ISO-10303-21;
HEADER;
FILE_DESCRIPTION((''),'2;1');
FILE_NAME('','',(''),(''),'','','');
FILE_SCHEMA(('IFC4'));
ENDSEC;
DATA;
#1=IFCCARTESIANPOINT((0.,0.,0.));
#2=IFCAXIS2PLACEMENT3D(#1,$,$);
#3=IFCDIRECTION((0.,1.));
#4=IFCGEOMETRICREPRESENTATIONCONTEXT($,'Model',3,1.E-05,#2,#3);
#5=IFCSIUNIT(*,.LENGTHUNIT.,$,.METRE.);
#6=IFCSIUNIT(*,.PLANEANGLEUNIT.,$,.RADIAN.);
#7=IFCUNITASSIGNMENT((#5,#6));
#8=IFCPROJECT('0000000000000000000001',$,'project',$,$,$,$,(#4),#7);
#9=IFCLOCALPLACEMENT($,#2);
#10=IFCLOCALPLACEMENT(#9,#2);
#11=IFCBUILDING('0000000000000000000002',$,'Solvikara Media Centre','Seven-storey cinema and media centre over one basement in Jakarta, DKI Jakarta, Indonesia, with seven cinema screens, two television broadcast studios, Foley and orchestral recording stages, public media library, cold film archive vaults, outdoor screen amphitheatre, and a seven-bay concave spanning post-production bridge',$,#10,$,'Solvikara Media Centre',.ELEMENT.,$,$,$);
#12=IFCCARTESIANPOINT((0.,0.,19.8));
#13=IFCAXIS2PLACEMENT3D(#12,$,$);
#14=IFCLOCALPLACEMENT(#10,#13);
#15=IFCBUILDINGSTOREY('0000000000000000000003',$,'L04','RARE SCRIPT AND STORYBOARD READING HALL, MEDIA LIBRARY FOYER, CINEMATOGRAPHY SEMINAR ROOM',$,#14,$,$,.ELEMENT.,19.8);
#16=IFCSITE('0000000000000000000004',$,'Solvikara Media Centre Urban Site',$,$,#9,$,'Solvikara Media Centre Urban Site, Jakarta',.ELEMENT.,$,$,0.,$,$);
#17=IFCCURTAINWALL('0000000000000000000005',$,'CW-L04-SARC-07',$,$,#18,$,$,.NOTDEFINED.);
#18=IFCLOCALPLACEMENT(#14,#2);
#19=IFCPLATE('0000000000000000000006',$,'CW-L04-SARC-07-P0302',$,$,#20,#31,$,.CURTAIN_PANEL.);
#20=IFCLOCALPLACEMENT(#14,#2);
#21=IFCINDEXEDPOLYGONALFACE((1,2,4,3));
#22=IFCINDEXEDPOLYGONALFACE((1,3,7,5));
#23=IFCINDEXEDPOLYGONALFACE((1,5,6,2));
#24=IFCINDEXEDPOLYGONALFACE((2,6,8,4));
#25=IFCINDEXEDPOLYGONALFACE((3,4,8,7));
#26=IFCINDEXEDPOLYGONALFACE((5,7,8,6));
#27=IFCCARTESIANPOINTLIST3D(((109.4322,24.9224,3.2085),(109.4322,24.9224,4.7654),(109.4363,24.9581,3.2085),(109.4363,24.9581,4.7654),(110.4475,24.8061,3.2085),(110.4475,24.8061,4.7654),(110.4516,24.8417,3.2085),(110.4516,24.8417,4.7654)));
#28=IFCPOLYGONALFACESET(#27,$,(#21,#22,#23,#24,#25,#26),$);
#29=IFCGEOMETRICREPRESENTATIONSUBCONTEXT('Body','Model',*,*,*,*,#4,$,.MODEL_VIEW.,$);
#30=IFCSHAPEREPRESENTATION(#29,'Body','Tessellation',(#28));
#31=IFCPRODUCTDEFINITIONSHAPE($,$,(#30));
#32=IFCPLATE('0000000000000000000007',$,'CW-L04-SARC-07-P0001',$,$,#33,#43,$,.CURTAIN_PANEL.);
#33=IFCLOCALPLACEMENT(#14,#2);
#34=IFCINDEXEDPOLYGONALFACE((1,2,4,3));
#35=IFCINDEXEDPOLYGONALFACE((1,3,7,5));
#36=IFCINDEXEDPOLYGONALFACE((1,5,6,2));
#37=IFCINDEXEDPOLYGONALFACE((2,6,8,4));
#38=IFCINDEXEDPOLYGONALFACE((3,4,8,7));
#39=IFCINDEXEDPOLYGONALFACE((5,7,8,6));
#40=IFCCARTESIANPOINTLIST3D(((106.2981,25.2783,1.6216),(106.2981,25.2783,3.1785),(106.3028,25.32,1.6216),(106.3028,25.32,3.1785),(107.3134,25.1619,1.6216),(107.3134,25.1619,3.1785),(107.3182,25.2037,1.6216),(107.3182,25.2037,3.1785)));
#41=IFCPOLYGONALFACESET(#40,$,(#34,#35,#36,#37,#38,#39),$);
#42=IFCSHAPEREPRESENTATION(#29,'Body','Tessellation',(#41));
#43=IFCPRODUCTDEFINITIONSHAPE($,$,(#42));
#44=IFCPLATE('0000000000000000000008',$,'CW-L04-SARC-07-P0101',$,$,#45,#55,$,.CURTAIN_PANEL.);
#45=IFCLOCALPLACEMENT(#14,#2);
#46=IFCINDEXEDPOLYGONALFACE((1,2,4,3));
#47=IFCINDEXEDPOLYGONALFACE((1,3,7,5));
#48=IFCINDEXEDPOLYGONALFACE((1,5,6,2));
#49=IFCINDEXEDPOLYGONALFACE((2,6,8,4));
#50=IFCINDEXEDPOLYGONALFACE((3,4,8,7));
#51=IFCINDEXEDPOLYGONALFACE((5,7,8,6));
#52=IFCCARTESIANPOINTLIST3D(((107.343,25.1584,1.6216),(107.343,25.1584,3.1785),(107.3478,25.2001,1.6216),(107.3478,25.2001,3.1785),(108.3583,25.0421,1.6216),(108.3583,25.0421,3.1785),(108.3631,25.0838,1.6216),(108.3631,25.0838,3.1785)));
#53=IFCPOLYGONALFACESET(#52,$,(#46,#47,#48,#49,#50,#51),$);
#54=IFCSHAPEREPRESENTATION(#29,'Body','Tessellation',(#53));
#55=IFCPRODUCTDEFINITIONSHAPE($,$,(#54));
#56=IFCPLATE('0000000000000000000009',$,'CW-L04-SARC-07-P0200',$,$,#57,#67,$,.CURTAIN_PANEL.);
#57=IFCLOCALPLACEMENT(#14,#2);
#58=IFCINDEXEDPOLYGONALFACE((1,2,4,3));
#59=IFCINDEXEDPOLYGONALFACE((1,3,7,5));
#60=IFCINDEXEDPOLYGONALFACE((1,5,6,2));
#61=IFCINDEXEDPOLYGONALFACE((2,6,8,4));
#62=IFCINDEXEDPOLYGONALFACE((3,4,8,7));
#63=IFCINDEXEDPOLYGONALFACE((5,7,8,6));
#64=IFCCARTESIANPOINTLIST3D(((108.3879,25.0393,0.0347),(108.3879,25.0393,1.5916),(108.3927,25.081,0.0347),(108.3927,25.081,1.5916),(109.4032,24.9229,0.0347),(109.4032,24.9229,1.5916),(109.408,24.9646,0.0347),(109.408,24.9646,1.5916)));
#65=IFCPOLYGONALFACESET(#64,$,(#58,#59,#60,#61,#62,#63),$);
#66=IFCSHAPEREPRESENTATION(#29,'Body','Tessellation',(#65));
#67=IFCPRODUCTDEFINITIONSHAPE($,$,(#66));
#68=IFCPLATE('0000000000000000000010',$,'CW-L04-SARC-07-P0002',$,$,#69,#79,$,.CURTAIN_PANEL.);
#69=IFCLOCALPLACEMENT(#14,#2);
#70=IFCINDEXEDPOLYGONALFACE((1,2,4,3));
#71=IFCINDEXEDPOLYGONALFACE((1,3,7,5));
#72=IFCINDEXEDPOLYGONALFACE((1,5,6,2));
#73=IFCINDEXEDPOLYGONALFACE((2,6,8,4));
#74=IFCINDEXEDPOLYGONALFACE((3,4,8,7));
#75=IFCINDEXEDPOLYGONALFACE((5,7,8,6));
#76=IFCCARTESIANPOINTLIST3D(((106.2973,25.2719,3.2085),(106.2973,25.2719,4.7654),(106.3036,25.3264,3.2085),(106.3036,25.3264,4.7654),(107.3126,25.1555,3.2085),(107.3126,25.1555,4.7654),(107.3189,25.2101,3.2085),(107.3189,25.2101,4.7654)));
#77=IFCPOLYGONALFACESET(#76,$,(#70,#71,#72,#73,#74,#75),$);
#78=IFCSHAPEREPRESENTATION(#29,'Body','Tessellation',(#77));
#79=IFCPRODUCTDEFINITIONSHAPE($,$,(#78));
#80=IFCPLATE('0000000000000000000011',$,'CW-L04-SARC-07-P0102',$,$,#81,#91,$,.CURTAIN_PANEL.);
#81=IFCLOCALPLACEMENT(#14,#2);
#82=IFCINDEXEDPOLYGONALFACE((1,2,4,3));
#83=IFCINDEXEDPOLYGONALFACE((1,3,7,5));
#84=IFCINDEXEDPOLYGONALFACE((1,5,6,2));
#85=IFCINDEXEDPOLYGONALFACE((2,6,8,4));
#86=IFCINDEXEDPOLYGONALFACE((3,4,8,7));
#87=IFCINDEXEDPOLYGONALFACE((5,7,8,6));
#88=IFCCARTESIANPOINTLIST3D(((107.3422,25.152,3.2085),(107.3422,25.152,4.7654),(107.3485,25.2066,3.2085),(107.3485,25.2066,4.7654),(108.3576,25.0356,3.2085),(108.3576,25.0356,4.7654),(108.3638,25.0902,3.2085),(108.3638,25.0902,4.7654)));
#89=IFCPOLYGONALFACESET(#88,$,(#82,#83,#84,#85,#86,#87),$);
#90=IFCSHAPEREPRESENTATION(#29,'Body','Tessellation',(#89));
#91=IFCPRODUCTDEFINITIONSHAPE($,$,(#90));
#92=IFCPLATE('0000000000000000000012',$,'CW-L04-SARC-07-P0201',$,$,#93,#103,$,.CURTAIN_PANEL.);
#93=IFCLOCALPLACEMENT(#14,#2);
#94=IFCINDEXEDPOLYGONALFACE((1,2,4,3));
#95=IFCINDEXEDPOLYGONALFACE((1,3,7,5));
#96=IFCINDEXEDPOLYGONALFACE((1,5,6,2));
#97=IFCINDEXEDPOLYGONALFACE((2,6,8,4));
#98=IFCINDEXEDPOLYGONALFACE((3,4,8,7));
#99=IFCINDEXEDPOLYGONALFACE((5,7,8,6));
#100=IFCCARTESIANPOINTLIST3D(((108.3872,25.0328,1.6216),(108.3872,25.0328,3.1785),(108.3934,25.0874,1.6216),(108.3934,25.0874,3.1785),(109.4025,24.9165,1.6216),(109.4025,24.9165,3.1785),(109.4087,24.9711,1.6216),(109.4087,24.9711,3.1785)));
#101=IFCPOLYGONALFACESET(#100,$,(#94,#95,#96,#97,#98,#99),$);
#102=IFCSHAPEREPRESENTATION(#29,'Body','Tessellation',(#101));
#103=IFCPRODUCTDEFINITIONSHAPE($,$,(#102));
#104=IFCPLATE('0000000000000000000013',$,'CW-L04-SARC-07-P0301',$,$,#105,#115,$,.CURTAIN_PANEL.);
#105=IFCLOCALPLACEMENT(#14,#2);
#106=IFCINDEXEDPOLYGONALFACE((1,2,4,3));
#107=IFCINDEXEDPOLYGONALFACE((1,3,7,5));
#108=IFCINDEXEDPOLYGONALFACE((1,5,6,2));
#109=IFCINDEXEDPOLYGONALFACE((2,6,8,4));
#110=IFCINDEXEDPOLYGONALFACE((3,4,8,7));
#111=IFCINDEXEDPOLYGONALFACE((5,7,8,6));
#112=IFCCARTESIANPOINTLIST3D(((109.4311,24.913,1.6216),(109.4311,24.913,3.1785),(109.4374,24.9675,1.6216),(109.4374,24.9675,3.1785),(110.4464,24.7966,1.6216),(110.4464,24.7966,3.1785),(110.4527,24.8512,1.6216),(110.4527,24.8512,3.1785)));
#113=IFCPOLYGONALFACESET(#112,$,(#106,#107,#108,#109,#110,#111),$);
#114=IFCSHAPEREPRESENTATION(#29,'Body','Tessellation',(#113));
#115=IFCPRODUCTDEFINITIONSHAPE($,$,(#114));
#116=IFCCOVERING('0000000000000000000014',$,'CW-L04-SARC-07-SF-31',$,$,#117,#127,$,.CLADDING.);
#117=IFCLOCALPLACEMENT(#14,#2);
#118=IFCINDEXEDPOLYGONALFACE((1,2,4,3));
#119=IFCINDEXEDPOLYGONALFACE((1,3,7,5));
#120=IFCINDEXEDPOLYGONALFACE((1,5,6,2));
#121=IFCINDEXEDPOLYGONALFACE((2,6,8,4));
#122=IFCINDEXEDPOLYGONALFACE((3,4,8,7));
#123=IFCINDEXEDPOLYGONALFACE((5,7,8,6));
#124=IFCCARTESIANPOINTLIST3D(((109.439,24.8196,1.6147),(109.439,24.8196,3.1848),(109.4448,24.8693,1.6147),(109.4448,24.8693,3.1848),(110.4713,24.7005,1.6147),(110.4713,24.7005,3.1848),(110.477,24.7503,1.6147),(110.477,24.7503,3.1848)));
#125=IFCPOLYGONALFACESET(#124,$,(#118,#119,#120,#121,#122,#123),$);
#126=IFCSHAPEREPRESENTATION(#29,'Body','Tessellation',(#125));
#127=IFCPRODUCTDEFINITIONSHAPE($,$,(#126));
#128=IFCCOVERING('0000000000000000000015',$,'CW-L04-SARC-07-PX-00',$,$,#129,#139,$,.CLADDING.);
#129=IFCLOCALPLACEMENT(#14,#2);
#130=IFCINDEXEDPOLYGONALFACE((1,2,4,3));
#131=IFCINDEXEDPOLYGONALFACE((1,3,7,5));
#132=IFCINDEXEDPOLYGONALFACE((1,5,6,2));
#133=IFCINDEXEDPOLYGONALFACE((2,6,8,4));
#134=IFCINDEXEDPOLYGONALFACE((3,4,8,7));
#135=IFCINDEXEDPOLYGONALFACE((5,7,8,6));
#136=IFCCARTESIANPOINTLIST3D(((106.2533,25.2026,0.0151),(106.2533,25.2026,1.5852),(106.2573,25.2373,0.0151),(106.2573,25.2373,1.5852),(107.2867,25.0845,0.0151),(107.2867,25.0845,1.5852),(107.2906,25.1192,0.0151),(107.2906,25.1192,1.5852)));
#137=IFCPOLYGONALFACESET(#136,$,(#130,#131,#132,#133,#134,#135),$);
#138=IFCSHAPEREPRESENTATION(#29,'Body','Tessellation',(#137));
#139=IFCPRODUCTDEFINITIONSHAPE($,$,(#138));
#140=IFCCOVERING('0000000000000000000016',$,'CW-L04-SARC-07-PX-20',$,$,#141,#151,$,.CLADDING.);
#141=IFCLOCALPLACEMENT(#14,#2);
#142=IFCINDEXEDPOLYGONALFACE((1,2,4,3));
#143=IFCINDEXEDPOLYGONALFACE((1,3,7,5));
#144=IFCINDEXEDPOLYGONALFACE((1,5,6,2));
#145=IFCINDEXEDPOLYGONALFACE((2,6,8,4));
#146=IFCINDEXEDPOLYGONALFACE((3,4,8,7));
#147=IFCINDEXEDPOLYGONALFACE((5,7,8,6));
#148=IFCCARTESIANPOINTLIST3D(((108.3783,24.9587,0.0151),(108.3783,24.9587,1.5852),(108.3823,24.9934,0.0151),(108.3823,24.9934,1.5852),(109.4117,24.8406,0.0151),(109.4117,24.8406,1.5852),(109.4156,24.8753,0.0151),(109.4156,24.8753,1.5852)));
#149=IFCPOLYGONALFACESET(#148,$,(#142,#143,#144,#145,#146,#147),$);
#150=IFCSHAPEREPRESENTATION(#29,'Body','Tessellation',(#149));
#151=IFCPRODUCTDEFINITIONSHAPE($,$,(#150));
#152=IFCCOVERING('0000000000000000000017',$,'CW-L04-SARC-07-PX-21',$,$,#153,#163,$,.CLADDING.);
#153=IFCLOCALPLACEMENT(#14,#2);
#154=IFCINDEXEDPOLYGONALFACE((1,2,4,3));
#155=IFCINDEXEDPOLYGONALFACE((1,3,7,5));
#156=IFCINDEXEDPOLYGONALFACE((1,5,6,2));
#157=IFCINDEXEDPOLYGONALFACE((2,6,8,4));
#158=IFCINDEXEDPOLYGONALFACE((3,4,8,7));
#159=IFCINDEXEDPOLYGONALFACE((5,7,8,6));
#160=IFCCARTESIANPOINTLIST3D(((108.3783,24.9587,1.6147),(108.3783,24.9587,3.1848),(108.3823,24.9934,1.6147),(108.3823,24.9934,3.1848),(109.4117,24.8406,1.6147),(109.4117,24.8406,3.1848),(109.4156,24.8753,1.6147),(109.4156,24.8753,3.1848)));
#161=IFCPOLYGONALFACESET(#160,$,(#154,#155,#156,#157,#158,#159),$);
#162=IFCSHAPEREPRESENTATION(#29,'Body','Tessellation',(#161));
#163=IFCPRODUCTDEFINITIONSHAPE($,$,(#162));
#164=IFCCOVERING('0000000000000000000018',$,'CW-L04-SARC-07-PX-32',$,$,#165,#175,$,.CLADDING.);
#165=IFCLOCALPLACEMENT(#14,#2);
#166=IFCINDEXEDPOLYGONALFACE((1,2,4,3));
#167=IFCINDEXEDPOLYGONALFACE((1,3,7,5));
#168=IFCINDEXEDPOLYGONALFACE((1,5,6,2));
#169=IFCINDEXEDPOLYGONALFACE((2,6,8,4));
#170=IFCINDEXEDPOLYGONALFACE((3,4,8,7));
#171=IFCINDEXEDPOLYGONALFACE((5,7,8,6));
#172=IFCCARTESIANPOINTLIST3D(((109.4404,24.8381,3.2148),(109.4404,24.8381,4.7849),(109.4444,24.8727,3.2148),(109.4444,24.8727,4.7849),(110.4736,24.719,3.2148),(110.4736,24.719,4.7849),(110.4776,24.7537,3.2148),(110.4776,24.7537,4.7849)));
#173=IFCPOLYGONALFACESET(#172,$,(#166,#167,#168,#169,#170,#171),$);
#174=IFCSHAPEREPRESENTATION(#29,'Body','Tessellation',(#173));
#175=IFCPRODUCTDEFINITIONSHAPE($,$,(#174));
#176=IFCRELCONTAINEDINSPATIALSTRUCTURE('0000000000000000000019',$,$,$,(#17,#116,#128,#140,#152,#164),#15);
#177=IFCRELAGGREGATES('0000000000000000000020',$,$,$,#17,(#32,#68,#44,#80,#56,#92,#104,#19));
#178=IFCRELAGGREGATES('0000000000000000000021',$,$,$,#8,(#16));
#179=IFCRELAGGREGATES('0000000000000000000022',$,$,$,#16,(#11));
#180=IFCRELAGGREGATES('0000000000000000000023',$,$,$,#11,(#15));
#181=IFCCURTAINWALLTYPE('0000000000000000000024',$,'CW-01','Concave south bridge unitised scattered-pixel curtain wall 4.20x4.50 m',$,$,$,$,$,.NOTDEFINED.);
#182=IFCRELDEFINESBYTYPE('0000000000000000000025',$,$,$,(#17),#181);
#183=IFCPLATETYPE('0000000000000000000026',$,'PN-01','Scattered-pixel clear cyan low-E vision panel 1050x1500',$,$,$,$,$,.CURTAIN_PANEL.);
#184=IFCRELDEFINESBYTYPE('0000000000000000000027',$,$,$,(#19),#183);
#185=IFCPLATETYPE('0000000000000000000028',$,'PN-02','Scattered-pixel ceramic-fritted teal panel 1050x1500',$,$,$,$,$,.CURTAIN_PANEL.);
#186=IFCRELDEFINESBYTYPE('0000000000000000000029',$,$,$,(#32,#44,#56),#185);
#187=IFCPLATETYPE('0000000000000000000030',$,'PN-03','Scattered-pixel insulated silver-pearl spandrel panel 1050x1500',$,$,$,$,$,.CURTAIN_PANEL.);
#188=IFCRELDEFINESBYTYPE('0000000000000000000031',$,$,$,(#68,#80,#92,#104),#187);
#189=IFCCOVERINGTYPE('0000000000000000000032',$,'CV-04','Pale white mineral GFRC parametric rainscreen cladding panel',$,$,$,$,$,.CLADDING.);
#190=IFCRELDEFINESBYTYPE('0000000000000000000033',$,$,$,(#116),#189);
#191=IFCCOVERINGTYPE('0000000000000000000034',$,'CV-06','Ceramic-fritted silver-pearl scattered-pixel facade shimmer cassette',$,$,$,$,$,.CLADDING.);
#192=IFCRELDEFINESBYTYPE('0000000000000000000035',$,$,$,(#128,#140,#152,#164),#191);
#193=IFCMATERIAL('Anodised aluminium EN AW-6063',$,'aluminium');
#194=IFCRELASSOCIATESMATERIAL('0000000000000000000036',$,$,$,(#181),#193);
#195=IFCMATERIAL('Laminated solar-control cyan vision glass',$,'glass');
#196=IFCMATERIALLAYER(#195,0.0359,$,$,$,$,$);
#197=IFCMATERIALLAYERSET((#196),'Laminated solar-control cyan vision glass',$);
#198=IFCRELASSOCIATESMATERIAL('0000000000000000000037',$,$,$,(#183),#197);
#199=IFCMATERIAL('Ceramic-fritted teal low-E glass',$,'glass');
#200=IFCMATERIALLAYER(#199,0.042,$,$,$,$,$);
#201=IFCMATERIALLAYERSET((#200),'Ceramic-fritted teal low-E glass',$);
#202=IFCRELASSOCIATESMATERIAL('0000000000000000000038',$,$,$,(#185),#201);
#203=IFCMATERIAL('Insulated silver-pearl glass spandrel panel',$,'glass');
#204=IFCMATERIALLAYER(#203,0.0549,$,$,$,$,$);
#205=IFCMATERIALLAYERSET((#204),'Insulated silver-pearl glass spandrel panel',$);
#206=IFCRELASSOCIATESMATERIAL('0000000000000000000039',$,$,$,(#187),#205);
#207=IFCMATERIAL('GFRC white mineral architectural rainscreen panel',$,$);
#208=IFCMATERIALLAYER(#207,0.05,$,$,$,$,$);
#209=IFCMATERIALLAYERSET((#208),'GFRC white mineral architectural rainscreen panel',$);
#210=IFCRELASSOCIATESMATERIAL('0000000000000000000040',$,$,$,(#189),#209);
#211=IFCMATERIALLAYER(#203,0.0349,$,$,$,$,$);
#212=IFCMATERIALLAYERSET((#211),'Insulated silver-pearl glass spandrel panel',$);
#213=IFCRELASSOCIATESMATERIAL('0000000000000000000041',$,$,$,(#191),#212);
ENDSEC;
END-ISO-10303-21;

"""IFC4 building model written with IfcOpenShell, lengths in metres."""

from ifc_helpers import new_model, si_unit, direction, frame, origin, origin_2d, place, context, subcontext, project, spatial, rectangle, extrude, material, layer, layer_set, type_object, element, aggregate, save


model = new_model("IFC4")

# Units and contexts
model_context = context("Model", 3, precision=1e-05, world=origin(), true_north=direction((0.0, 1.0)))
body_context = subcontext(model_context, "Body", "Model", "MODEL_VIEW")
ifc_project = project(units=[si_unit("LENGTHUNIT", "METRE"), si_unit("PLANEANGLEUNIT", "RADIAN")], contexts=[model_context])

# Site, building, storey
site_placement = place(None, origin())
site = spatial("IfcSite", under=ifc_project, at=site_placement, Name="Solvikara Media Centre Urban Site", LongName="Solvikara Media Centre Urban Site, Jakarta", CompositionType="ELEMENT", RefElevation=0.0)
building_placement = place(site_placement, origin())
building = spatial("IfcBuilding", under=site, at=building_placement, Name="Solvikara Media Centre", Description="Seven-storey cinema and media centre over one basement in Jakarta, DKI Jakarta, Indonesia, with seven cinema screens, two television broadcast studios, Foley and orchestral recording stages, public media library, cold film archive vaults, outdoor screen amphitheatre, and a seven-bay concave spanning post-production bridge", LongName="Solvikara Media Centre", CompositionType="ELEMENT")
storey_placement = place(building_placement, frame((0.0, 0.0, 19.8)))
storey = spatial("IfcBuildingStorey", under=building, at=storey_placement, Name="L04", Description="RARE SCRIPT AND STORYBOARD READING HALL, MEDIA LIBRARY FOYER, CINEMATOGRAPHY SEMINAR ROOM", CompositionType="ELEMENT", Elevation=19.8)

# Curtain wall, plates
ifc_material_1 = material(Name="Anodised aluminium EN AW-6063", Category="aluminium")
curtain_wall_type = type_object("IfcCurtainWallType", Name="CW-01", Description="Concave south bridge unitised scattered-pixel curtain wall 4.20x4.50 m", PredefinedType="NOTDEFINED", material=ifc_material_1)
curtain_wall_placement = place(storey_placement, origin())
curtain_wall = element("IfcCurtainWall", 1, at=curtain_wall_placement, inside=storey, type_object=curtain_wall_type, Name="CW-L04-SARC-07", PredefinedType="NOTDEFINED")
ifc_material_2 = material(Name="Laminated solar-control cyan vision glass", Category="glass")
ifc_layer_1 = layer(ifc_material_2, 0.0359)
ifc_layer_set_1 = layer_set([ifc_layer_1], Name="Laminated solar-control cyan vision glass")
plate_type_1 = type_object("IfcPlateType", Name="PN-01", Description="Scattered-pixel clear cyan low-E vision panel 1050x1500", PredefinedType="CURTAIN_PANEL", material=ifc_layer_set_1)
plate_1_placement = place(storey_placement, frame((109.9419, 24.8821, 3.2085), z_axis=(0.0, 0.0, 1.0), x_axis=(0.993499, -0.113845, 0.0)))
plate_1 = element("IfcPlate", 2, at=plate_1_placement, type_object=plate_type_1, Name="CW-L04-SARC-07-P0302", PredefinedType="CURTAIN_PANEL", context=body_context, shape_type="SweptSolid", body=[
    extrude(rectangle(XDim=1.022, YDim=0.0359, at=origin_2d()), origin(), (0.0, 0.0, 1.0), 1.5569),
])
ifc_material_3 = material(Name="Ceramic-fritted teal low-E glass", Category="glass")
ifc_layer_2 = layer(ifc_material_3, 0.042)
ifc_layer_set_2 = layer_set([ifc_layer_2], Name="Ceramic-fritted teal low-E glass")
plate_type_2 = type_object("IfcPlateType", Name="PN-02", Description="Scattered-pixel ceramic-fritted teal panel 1050x1500", PredefinedType="CURTAIN_PANEL", material=ifc_layer_set_2)
plate_2_placement = place(storey_placement, frame((106.8081, 25.241, 1.6216), z_axis=(0.0, 0.0, 1.0), x_axis=(0.993499, -0.113845, 0.0)))
plate_2 = element("IfcPlate", 3, at=plate_2_placement, type_object=plate_type_2, Name="CW-L04-SARC-07-P0001", PredefinedType="CURTAIN_PANEL", context=body_context, shape_type="SweptSolid", body=[
    extrude(rectangle(XDim=1.022, YDim=0.042, at=origin_2d()), origin(), (0.0, 0.0, 1.0), 1.5569),
])
plate_3_placement = place(storey_placement, frame((107.853, 25.1211, 1.6216), z_axis=(0.0, 0.0, 1.0), x_axis=(0.993499, -0.113845, 0.0)))
plate_3 = element("IfcPlate", 4, at=plate_3_placement, type_object=plate_type_2, Name="CW-L04-SARC-07-P0101", PredefinedType="CURTAIN_PANEL", context=body_context, shape_type="SweptSolid", body=[
    extrude(rectangle(XDim=1.022, YDim=0.042, at=origin_2d()), origin(), (0.0, 0.0, 1.0), 1.5569),
])
plate_4_placement = place(storey_placement, frame((108.8979, 25.002, 0.0347), z_axis=(0.0, 0.0, 1.0), x_axis=(0.993499, -0.113845, 0.0)))
plate_4 = element("IfcPlate", 5, at=plate_4_placement, type_object=plate_type_2, Name="CW-L04-SARC-07-P0200", PredefinedType="CURTAIN_PANEL", context=body_context, shape_type="SweptSolid", body=[
    extrude(rectangle(XDim=1.022, YDim=0.042, at=origin_2d()), origin(), (0.0, 0.0, 1.0), 1.5569),
])
ifc_material_4 = material(Name="Insulated silver-pearl glass spandrel panel", Category="glass")
ifc_layer_3 = layer(ifc_material_4, 0.0549)
ifc_layer_set_3 = layer_set([ifc_layer_3], Name="Insulated silver-pearl glass spandrel panel")
plate_type_3 = type_object("IfcPlateType", Name="PN-03", Description="Scattered-pixel insulated silver-pearl spandrel panel 1050x1500", PredefinedType="CURTAIN_PANEL", material=ifc_layer_set_3)
plate_5_placement = place(storey_placement, frame((106.8081, 25.241, 3.2085), z_axis=(0.0, 0.0, 1.0), x_axis=(0.993499, -0.113845, 0.0)))
plate_5 = element("IfcPlate", 6, at=plate_5_placement, type_object=plate_type_3, Name="CW-L04-SARC-07-P0002", PredefinedType="CURTAIN_PANEL", context=body_context, shape_type="SweptSolid", body=[
    extrude(rectangle(XDim=1.022, YDim=0.0549, at=origin_2d()), origin(), (0.0, 0.0, 1.0), 1.5569),
])
plate_6_placement = place(storey_placement, frame((107.853, 25.1211, 3.2085), z_axis=(0.0, 0.0, 1.0), x_axis=(0.993499, -0.113845, 0.0)))
plate_6 = element("IfcPlate", 7, at=plate_6_placement, type_object=plate_type_3, Name="CW-L04-SARC-07-P0102", PredefinedType="CURTAIN_PANEL", context=body_context, shape_type="SweptSolid", body=[
    extrude(rectangle(XDim=1.022, YDim=0.0549, at=origin_2d()), origin(), (0.0, 0.0, 1.0), 1.5569),
])
plate_7_placement = place(storey_placement, frame((108.8979, 25.002, 1.6216), z_axis=(0.0, 0.0, 1.0), x_axis=(0.993499, -0.113845, 0.0)))
plate_7 = element("IfcPlate", 8, at=plate_7_placement, type_object=plate_type_3, Name="CW-L04-SARC-07-P0201", PredefinedType="CURTAIN_PANEL", context=body_context, shape_type="SweptSolid", body=[
    extrude(rectangle(XDim=1.022, YDim=0.0549, at=origin_2d()), origin(), (0.0, 0.0, 1.0), 1.5569),
])
plate_8_placement = place(storey_placement, frame((109.9419, 24.8821, 1.6216), z_axis=(0.0, 0.0, 1.0), x_axis=(0.993499, -0.113845, 0.0)))
plate_8 = element("IfcPlate", 9, at=plate_8_placement, type_object=plate_type_3, Name="CW-L04-SARC-07-P0301", PredefinedType="CURTAIN_PANEL", context=body_context, shape_type="SweptSolid", body=[
    extrude(rectangle(XDim=1.022, YDim=0.0549, at=origin_2d()), origin(), (0.0, 0.0, 1.0), 1.5569),
])
aggregate(curtain_wall, [plate_2, plate_5, plate_3, plate_6, plate_4, plate_7, plate_8, plate_1])

# Coverings
ifc_material_5 = material(Name="GFRC white mineral architectural rainscreen panel")
ifc_layer_4 = layer(ifc_material_5, 0.05)
ifc_layer_set_4 = layer_set([ifc_layer_4], Name="GFRC white mineral architectural rainscreen panel")
covering_type_1 = type_object("IfcCoveringType", Name="CV-04", Description="Pale white mineral GFRC parametric rainscreen cladding panel", PredefinedType="CLADDING", material=ifc_layer_set_4)
covering_placement = place(storey_placement, frame((109.958, 24.7849, 1.6147), z_axis=(0.0, 0.0, 1.0), x_axis=(0.993417, -0.114556, 0.0)))
element("IfcCovering", 10, at=covering_placement, inside=storey, type_object=covering_type_1, Name="CW-L04-SARC-07-SF-31", PredefinedType="CLADDING", context=body_context, shape_type="SweptSolid", body=[
    extrude(rectangle(XDim=1.0391, YDim=0.05, at=origin_2d()), origin(), (0.0, 0.0, 1.0), 1.5701),
])
ifc_layer_5 = layer(ifc_material_4, 0.0349)
ifc_layer_set_5 = layer_set([ifc_layer_5], Name="Insulated silver-pearl glass spandrel panel")
covering_type_2 = type_object("IfcCoveringType", Name="CV-06", Description="Ceramic-fritted silver-pearl scattered-pixel facade shimmer cassette", PredefinedType="CLADDING", material=ifc_layer_set_5)
for number, where, z_axis, x_axis, name in (
    (11, (106.772, 25.1609, 0.0151), (0.0, 0.0, 1.0), (0.993538, -0.113498, 0.0), "CW-L04-SARC-07-PX-00"),
    (12, (108.897, 24.917, 0.0151), (0.0, 0.0, 1.0), (0.993538, -0.113498, 0.0), "CW-L04-SARC-07-PX-20"),
    (13, (108.897, 24.917, 1.6147), (0.0, 0.0, 1.0), (0.993538, -0.113498, 0.0), "CW-L04-SARC-07-PX-21"),
    (14, (109.959, 24.7959, 3.2148), (0.0, 0.0, 1.0), (0.993431, -0.114434, 0.0), "CW-L04-SARC-07-PX-32"),
):
    element("IfcCovering", number, at=place(storey_placement, frame(where, z_axis=z_axis, x_axis=x_axis)), inside=storey, type_object=covering_type_2, Name=name, PredefinedType="CLADDING", context=body_context, shape_type="SweptSolid", body=[
        extrude(rectangle(XDim=1.04, YDim=0.0349, at=origin_2d()), origin(), (0.0, 0.0, 1.0), 1.5701),
    ])

save(model, "model.ifc")
